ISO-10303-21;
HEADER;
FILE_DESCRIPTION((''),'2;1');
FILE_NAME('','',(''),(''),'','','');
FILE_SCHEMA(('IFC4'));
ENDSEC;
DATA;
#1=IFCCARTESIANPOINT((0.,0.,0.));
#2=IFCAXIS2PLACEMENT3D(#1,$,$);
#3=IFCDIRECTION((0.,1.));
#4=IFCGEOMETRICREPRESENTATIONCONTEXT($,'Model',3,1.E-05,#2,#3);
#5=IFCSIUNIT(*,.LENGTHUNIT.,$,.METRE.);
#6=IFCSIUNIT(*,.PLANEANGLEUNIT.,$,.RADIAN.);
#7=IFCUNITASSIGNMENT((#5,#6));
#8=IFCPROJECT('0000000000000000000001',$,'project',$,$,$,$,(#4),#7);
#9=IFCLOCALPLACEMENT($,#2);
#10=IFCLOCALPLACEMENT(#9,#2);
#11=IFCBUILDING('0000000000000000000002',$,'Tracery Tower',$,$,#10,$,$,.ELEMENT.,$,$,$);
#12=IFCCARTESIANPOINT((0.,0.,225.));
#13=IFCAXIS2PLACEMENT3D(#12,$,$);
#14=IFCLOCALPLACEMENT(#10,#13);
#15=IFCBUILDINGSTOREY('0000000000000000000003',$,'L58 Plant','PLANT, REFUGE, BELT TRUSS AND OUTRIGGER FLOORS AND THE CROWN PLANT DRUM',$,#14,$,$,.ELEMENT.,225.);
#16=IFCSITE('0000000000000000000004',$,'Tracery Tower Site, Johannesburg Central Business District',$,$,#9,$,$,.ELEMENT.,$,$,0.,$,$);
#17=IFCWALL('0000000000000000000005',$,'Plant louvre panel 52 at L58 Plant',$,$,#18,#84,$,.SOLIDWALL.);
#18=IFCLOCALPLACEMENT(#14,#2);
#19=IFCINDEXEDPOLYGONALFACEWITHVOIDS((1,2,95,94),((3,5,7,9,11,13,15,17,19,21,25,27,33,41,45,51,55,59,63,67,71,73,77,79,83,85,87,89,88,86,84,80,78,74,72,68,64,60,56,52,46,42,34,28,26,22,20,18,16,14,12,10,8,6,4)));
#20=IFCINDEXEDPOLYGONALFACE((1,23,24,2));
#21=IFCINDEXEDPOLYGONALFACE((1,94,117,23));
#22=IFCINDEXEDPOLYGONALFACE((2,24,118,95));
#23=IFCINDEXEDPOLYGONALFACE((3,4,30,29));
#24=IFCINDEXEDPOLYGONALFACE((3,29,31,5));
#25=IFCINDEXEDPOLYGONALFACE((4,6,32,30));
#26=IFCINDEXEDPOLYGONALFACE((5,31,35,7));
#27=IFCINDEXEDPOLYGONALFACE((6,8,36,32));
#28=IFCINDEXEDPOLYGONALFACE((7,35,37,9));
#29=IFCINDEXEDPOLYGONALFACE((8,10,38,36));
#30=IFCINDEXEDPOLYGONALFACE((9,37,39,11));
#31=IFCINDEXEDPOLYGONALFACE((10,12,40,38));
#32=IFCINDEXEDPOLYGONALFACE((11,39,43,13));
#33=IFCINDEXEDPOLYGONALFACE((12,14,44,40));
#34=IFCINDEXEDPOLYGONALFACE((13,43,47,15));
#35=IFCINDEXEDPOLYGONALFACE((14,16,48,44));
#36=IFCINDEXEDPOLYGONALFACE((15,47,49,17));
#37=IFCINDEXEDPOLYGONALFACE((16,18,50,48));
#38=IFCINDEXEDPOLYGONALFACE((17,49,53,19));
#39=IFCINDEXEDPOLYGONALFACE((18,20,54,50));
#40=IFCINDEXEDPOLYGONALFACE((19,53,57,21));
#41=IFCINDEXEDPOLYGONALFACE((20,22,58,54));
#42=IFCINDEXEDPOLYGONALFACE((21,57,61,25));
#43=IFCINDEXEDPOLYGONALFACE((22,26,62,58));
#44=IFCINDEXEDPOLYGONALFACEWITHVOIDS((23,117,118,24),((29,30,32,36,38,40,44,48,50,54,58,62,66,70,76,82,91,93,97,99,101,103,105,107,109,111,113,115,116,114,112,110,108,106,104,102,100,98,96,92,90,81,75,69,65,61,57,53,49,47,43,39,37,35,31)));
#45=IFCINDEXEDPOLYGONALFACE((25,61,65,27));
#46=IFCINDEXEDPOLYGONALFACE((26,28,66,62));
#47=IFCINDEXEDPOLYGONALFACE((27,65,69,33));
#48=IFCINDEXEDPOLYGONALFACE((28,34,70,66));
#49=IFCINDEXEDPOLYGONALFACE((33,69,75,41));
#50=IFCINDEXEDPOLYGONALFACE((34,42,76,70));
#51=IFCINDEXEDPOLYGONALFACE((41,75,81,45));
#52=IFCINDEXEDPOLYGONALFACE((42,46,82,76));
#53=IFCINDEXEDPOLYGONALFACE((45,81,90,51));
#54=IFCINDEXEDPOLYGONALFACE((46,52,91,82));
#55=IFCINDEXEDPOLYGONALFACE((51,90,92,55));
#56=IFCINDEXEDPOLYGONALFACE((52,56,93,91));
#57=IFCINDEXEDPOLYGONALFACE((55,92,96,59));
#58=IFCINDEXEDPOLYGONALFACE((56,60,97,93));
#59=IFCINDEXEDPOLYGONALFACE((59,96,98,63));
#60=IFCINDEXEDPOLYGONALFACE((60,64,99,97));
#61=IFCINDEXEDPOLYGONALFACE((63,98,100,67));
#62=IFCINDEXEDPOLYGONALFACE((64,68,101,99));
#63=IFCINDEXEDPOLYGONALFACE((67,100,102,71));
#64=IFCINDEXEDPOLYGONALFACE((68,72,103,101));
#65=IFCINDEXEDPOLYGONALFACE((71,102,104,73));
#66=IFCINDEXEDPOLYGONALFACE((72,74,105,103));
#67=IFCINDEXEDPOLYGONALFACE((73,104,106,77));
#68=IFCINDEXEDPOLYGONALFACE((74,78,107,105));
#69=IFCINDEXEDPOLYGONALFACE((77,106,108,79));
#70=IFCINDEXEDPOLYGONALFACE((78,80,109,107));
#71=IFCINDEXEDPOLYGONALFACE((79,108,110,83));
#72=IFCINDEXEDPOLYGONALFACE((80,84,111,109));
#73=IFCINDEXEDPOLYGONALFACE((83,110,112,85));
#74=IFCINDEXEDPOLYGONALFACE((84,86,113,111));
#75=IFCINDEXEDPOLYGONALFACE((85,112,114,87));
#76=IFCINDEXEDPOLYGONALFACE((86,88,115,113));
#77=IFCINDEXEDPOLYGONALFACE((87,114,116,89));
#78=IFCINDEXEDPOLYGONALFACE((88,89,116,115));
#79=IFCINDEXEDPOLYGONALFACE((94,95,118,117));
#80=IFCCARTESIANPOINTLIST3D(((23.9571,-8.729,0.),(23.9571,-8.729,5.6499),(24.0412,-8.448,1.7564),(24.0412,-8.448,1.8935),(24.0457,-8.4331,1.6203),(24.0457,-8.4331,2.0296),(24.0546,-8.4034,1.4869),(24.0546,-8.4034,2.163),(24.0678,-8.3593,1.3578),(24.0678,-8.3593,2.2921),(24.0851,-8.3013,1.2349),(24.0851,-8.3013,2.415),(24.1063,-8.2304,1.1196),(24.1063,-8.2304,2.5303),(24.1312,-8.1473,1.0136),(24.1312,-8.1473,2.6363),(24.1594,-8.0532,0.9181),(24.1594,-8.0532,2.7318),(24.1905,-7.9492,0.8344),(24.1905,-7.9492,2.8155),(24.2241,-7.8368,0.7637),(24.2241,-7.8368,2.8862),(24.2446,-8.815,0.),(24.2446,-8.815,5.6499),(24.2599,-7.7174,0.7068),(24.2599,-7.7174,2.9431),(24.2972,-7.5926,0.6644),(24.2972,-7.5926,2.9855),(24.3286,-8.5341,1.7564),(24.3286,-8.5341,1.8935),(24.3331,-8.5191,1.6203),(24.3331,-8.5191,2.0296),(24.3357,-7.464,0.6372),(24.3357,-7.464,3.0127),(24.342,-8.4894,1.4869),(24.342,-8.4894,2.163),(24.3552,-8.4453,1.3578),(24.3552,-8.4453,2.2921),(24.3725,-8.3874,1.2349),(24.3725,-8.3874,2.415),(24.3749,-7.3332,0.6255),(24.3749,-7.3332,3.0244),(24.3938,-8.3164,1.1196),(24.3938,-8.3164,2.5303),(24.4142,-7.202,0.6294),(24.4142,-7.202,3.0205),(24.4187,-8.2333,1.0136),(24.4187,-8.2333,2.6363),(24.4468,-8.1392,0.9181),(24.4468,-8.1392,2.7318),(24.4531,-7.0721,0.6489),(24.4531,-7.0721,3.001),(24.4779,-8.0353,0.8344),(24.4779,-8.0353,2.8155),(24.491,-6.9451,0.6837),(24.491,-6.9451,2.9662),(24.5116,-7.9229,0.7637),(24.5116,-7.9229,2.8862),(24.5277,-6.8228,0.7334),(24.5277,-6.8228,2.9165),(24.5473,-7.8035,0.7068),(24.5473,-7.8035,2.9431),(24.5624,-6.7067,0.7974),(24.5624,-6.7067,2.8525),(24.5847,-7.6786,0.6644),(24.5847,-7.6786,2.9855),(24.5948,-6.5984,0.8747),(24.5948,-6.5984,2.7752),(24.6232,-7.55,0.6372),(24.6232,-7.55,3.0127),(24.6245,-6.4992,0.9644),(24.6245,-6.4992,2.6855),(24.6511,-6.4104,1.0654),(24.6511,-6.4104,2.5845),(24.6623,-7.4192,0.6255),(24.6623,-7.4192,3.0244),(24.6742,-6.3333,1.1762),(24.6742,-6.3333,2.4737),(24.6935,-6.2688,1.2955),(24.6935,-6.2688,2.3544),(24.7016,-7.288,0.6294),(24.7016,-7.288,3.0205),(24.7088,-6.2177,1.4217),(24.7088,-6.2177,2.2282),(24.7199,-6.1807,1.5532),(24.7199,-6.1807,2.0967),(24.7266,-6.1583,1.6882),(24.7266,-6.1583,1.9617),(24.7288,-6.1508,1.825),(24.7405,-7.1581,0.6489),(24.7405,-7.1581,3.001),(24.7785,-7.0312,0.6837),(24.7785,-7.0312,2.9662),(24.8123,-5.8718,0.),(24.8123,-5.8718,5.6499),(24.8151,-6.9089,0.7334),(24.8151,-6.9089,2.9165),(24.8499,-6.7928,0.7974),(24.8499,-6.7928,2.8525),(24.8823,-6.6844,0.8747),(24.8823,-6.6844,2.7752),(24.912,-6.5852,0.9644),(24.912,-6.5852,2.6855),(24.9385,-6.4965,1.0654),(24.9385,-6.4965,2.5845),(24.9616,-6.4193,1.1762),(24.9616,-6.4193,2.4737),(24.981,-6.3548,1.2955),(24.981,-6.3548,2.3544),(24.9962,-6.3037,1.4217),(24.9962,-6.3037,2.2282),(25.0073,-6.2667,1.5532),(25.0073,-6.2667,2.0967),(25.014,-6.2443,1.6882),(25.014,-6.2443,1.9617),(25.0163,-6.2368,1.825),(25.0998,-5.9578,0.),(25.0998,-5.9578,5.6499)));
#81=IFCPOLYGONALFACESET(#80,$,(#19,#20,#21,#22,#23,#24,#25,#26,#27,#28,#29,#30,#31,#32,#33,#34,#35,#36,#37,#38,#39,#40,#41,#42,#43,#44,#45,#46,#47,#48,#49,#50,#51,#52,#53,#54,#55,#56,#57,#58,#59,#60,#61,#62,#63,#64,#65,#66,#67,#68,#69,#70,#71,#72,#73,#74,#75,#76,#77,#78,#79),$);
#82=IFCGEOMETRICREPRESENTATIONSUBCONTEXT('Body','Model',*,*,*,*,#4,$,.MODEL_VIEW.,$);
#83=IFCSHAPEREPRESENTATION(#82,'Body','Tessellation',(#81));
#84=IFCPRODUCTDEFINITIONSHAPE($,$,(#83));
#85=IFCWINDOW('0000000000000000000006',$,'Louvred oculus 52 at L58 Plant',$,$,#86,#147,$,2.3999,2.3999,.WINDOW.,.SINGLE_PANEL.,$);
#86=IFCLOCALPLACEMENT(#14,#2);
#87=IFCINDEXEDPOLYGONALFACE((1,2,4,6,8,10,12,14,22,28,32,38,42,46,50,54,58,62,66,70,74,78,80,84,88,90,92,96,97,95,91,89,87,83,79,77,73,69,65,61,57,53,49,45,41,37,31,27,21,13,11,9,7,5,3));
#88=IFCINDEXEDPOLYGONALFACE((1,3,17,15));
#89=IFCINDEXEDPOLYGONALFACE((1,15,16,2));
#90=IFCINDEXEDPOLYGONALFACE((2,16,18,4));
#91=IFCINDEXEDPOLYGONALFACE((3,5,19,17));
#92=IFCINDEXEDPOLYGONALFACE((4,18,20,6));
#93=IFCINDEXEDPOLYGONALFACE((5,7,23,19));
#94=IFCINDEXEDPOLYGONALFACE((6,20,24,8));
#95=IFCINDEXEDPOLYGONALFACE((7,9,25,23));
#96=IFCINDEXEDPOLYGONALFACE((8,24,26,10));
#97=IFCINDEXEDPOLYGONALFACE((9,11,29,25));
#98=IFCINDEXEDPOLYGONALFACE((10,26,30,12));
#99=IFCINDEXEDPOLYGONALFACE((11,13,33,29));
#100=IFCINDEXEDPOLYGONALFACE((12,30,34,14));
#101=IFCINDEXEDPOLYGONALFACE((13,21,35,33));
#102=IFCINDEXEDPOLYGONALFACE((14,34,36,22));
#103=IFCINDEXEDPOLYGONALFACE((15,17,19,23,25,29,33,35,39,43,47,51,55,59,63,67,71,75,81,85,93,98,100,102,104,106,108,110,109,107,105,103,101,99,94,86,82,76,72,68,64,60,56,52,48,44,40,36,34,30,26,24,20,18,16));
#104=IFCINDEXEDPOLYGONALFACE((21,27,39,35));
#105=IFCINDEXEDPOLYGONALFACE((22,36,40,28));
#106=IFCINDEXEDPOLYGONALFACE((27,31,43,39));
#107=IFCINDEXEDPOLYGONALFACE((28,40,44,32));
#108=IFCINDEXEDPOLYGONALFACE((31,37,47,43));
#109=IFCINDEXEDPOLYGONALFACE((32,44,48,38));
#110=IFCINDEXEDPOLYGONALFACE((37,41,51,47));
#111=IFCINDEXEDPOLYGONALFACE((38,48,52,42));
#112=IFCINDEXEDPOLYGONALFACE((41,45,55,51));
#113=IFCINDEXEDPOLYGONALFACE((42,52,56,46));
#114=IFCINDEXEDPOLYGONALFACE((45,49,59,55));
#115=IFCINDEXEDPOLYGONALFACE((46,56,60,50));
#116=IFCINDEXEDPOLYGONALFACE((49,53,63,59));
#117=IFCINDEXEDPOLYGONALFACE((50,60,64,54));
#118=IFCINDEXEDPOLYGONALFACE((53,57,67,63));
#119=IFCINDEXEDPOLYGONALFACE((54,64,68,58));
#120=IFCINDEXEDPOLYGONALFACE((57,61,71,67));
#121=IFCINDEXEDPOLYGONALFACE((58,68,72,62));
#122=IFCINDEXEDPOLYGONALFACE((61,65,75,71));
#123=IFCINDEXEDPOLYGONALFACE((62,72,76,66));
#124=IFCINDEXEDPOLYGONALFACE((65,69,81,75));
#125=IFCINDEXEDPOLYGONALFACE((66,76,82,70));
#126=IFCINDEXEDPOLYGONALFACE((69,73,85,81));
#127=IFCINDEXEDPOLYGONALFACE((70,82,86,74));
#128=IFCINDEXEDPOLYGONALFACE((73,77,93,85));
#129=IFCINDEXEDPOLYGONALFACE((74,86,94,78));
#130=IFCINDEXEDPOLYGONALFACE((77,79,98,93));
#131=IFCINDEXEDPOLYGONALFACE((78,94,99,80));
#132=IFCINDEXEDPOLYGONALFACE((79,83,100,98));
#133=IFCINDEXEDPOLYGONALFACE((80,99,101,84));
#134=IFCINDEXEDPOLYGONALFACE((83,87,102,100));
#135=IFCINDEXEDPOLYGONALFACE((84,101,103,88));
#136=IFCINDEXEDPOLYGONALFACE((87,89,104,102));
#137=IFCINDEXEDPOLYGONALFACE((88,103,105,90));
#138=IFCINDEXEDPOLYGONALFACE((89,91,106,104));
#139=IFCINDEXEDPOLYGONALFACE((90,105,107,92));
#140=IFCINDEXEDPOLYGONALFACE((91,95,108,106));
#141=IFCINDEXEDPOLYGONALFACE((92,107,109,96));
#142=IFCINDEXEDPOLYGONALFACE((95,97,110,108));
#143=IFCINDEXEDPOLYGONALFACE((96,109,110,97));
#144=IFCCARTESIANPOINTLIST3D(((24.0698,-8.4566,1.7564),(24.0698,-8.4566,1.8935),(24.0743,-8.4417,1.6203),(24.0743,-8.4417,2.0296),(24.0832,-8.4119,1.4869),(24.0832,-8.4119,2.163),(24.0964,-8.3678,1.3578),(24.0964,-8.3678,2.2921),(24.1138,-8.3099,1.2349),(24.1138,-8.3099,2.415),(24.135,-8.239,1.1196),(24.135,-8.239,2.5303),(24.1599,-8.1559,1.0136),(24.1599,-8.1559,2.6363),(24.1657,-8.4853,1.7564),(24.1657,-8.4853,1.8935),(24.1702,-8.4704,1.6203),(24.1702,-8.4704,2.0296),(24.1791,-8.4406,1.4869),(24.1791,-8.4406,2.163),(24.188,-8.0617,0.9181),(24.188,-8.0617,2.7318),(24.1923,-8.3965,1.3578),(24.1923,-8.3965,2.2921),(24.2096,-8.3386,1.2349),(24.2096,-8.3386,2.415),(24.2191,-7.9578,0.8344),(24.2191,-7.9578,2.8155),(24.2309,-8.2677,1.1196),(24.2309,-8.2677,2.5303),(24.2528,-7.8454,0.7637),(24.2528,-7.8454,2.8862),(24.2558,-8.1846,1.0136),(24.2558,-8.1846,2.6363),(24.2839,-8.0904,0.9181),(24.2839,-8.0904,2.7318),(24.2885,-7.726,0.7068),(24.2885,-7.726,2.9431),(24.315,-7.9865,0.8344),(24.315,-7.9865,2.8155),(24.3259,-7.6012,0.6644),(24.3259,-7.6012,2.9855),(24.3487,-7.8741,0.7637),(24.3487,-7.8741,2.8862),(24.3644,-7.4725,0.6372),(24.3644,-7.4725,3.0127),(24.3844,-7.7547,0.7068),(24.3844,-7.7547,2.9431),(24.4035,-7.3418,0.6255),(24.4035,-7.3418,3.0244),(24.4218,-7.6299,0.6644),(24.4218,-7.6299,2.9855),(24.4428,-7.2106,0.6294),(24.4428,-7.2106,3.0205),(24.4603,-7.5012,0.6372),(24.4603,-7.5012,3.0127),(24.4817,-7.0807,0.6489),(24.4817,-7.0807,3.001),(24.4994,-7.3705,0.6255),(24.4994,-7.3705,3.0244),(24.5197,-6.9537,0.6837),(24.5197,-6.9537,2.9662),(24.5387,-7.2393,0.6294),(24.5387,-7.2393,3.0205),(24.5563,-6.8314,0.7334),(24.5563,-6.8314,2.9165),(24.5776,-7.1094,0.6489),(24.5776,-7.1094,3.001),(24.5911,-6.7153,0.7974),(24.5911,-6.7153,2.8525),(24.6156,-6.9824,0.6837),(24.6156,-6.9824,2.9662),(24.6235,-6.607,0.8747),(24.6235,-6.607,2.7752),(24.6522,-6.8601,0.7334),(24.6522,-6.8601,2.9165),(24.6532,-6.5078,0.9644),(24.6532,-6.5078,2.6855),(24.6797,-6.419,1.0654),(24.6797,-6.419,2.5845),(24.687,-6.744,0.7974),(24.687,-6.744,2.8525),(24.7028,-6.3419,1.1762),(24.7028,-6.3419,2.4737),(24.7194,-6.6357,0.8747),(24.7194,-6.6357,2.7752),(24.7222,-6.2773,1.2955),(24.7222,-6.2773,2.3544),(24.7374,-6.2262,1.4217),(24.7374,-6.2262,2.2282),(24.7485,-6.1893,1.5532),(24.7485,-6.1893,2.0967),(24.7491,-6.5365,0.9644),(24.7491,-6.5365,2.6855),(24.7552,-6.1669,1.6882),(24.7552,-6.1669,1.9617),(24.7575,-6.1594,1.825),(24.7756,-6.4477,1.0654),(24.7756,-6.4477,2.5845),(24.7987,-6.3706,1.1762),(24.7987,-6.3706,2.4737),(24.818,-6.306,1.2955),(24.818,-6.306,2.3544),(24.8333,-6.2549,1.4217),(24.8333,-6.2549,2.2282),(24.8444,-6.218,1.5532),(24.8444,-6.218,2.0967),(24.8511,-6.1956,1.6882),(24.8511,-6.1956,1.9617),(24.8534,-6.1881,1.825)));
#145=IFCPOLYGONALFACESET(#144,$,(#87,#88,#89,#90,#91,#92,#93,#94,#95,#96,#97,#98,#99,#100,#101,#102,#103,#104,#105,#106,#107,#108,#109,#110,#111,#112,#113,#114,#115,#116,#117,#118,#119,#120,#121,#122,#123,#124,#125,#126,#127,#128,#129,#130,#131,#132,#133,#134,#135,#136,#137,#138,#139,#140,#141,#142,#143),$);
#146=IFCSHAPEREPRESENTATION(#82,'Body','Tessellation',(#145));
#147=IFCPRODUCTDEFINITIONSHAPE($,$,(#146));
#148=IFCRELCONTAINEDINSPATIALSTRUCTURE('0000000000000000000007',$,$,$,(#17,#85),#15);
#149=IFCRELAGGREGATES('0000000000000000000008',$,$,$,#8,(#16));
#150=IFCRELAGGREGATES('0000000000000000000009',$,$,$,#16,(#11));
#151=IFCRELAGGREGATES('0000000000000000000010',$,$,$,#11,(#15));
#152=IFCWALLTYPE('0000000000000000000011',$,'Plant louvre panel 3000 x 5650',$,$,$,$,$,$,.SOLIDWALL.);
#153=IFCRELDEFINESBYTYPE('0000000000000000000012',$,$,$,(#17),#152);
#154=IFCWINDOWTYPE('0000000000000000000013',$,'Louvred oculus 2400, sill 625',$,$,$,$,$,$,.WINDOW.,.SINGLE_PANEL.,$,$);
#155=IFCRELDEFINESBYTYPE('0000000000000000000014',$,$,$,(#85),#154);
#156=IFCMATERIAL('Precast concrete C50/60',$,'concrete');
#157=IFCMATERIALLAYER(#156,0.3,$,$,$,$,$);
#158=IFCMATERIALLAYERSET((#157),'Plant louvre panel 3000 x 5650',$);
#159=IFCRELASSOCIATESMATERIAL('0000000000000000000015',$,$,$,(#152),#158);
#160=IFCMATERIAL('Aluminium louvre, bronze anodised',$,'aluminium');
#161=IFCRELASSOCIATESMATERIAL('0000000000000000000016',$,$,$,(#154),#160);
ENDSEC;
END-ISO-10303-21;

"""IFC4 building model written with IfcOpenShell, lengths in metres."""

from ifc_helpers import new_model, si_unit, direction, frame, frame_2d, origin, origin_2d, place, context, subcontext, project, spatial, rectangle, circle, extrude, material, layer, layer_set, type_object, element, fill, save


model = new_model("IFC4")

# Units and contexts
model_context = context("Model", 3, precision=1e-05, world=origin(), true_north=direction((0.0, 1.0)))
body_context = subcontext(model_context, "Body", "Model", "MODEL_VIEW")
ifc_project = project(units=[si_unit("LENGTHUNIT", "METRE"), si_unit("PLANEANGLEUNIT", "RADIAN")], contexts=[model_context])

# Site, building, storey
site_placement = place(None, origin())
site = spatial("IfcSite", under=ifc_project, at=site_placement, Name="Tracery Tower Site, Johannesburg Central Business District", CompositionType="ELEMENT", RefElevation=0.0)
building_placement = place(site_placement, origin())
building = spatial("IfcBuilding", under=site, at=building_placement, Name="Tracery Tower", CompositionType="ELEMENT")
storey_placement = place(building_placement, frame((0.0, 0.0, 225.0)))
storey = spatial("IfcBuildingStorey", under=building, at=storey_placement, Name="L58 Plant", Description="PLANT, REFUGE, BELT TRUSS AND OUTRIGGER FLOORS AND THE CROWN PLANT DRUM", CompositionType="ELEMENT", Elevation=225.0)

# Wall, opening, window
ifc_material_1 = material(Name="Precast concrete C50/60", Category="concrete")
ifc_layer_1 = layer(ifc_material_1, 0.3)
ifc_layer_set_1 = layer_set([ifc_layer_1], Name="Plant louvre panel 3000 x 5650")
wall_type_1 = type_object("IfcWallType", Name="Plant louvre panel 3000 x 5650", PredefinedType="SOLIDWALL", material=ifc_layer_set_1)
ifc_material_2 = material(Name="Aluminium louvre, bronze anodised", Category="aluminium")
window_type = type_object("IfcWindowType", Name="Louvred oculus 2400, sill 625", PartitioningType="SINGLE_PANEL", PredefinedType="WINDOW", material=ifc_material_2)
wall_1_placement = place(storey_placement, frame((24.1008, -8.772, 0.0), z_axis=(0.0, 0.0, 1.0), x_axis=(0.286755, 0.958004, 0.0)))
wall_1 = element("IfcWall", 1, at=wall_1_placement, inside=storey, type_object=wall_type_1, Name="Plant louvre panel 52 at L58 Plant", PredefinedType="SOLIDWALL", context=body_context, shape_type="SweptSolid", body=[
    extrude(rectangle(XDim=2.9824, YDim=0.3, at=frame_2d((1.4912, 0.0))), origin(), (0.0, 0.0, 1.0), 5.6499),
])
opening_1_placement = place(wall_1_placement, frame((1.4912, 0.0, 1.825)))
opening_1 = element("IfcOpeningElement", 2, at=opening_1_placement, cuts=wall_1, PredefinedType="OPENING", context=body_context, shape_type="SweptSolid", body=[
    extrude(circle(Radius=1.2, at=origin_2d()), frame((0.0, 0.1599, 0.0), z_axis=(0.0, -1.0, 0.0), x_axis=(1.0, 0.0, 0.0)), (0.0, 0.0, 1.0), 0.3201),
])
window_1_placement = place(opening_1_placement, origin())
window_1 = element("IfcWindow", 3, at=window_1_placement, inside=storey, type_object=window_type, Name="Louvred oculus 52 at L58 Plant", OverallHeight=2.3999, OverallWidth=2.3999, PartitioningType="SINGLE_PANEL", PredefinedType="WINDOW", context=body_context, shape_type="SweptSolid", body=[
    extrude(circle(Radius=1.2, at=origin_2d()), frame((0.0, 0.1201, 0.0), z_axis=(0.0, -1.0, 0.0), x_axis=(1.0, 0.0, 0.0)), (0.0, 0.0, 1.0), 0.1001),
])
fill(opening_1, window_1)

save(model, "model.ifc")
